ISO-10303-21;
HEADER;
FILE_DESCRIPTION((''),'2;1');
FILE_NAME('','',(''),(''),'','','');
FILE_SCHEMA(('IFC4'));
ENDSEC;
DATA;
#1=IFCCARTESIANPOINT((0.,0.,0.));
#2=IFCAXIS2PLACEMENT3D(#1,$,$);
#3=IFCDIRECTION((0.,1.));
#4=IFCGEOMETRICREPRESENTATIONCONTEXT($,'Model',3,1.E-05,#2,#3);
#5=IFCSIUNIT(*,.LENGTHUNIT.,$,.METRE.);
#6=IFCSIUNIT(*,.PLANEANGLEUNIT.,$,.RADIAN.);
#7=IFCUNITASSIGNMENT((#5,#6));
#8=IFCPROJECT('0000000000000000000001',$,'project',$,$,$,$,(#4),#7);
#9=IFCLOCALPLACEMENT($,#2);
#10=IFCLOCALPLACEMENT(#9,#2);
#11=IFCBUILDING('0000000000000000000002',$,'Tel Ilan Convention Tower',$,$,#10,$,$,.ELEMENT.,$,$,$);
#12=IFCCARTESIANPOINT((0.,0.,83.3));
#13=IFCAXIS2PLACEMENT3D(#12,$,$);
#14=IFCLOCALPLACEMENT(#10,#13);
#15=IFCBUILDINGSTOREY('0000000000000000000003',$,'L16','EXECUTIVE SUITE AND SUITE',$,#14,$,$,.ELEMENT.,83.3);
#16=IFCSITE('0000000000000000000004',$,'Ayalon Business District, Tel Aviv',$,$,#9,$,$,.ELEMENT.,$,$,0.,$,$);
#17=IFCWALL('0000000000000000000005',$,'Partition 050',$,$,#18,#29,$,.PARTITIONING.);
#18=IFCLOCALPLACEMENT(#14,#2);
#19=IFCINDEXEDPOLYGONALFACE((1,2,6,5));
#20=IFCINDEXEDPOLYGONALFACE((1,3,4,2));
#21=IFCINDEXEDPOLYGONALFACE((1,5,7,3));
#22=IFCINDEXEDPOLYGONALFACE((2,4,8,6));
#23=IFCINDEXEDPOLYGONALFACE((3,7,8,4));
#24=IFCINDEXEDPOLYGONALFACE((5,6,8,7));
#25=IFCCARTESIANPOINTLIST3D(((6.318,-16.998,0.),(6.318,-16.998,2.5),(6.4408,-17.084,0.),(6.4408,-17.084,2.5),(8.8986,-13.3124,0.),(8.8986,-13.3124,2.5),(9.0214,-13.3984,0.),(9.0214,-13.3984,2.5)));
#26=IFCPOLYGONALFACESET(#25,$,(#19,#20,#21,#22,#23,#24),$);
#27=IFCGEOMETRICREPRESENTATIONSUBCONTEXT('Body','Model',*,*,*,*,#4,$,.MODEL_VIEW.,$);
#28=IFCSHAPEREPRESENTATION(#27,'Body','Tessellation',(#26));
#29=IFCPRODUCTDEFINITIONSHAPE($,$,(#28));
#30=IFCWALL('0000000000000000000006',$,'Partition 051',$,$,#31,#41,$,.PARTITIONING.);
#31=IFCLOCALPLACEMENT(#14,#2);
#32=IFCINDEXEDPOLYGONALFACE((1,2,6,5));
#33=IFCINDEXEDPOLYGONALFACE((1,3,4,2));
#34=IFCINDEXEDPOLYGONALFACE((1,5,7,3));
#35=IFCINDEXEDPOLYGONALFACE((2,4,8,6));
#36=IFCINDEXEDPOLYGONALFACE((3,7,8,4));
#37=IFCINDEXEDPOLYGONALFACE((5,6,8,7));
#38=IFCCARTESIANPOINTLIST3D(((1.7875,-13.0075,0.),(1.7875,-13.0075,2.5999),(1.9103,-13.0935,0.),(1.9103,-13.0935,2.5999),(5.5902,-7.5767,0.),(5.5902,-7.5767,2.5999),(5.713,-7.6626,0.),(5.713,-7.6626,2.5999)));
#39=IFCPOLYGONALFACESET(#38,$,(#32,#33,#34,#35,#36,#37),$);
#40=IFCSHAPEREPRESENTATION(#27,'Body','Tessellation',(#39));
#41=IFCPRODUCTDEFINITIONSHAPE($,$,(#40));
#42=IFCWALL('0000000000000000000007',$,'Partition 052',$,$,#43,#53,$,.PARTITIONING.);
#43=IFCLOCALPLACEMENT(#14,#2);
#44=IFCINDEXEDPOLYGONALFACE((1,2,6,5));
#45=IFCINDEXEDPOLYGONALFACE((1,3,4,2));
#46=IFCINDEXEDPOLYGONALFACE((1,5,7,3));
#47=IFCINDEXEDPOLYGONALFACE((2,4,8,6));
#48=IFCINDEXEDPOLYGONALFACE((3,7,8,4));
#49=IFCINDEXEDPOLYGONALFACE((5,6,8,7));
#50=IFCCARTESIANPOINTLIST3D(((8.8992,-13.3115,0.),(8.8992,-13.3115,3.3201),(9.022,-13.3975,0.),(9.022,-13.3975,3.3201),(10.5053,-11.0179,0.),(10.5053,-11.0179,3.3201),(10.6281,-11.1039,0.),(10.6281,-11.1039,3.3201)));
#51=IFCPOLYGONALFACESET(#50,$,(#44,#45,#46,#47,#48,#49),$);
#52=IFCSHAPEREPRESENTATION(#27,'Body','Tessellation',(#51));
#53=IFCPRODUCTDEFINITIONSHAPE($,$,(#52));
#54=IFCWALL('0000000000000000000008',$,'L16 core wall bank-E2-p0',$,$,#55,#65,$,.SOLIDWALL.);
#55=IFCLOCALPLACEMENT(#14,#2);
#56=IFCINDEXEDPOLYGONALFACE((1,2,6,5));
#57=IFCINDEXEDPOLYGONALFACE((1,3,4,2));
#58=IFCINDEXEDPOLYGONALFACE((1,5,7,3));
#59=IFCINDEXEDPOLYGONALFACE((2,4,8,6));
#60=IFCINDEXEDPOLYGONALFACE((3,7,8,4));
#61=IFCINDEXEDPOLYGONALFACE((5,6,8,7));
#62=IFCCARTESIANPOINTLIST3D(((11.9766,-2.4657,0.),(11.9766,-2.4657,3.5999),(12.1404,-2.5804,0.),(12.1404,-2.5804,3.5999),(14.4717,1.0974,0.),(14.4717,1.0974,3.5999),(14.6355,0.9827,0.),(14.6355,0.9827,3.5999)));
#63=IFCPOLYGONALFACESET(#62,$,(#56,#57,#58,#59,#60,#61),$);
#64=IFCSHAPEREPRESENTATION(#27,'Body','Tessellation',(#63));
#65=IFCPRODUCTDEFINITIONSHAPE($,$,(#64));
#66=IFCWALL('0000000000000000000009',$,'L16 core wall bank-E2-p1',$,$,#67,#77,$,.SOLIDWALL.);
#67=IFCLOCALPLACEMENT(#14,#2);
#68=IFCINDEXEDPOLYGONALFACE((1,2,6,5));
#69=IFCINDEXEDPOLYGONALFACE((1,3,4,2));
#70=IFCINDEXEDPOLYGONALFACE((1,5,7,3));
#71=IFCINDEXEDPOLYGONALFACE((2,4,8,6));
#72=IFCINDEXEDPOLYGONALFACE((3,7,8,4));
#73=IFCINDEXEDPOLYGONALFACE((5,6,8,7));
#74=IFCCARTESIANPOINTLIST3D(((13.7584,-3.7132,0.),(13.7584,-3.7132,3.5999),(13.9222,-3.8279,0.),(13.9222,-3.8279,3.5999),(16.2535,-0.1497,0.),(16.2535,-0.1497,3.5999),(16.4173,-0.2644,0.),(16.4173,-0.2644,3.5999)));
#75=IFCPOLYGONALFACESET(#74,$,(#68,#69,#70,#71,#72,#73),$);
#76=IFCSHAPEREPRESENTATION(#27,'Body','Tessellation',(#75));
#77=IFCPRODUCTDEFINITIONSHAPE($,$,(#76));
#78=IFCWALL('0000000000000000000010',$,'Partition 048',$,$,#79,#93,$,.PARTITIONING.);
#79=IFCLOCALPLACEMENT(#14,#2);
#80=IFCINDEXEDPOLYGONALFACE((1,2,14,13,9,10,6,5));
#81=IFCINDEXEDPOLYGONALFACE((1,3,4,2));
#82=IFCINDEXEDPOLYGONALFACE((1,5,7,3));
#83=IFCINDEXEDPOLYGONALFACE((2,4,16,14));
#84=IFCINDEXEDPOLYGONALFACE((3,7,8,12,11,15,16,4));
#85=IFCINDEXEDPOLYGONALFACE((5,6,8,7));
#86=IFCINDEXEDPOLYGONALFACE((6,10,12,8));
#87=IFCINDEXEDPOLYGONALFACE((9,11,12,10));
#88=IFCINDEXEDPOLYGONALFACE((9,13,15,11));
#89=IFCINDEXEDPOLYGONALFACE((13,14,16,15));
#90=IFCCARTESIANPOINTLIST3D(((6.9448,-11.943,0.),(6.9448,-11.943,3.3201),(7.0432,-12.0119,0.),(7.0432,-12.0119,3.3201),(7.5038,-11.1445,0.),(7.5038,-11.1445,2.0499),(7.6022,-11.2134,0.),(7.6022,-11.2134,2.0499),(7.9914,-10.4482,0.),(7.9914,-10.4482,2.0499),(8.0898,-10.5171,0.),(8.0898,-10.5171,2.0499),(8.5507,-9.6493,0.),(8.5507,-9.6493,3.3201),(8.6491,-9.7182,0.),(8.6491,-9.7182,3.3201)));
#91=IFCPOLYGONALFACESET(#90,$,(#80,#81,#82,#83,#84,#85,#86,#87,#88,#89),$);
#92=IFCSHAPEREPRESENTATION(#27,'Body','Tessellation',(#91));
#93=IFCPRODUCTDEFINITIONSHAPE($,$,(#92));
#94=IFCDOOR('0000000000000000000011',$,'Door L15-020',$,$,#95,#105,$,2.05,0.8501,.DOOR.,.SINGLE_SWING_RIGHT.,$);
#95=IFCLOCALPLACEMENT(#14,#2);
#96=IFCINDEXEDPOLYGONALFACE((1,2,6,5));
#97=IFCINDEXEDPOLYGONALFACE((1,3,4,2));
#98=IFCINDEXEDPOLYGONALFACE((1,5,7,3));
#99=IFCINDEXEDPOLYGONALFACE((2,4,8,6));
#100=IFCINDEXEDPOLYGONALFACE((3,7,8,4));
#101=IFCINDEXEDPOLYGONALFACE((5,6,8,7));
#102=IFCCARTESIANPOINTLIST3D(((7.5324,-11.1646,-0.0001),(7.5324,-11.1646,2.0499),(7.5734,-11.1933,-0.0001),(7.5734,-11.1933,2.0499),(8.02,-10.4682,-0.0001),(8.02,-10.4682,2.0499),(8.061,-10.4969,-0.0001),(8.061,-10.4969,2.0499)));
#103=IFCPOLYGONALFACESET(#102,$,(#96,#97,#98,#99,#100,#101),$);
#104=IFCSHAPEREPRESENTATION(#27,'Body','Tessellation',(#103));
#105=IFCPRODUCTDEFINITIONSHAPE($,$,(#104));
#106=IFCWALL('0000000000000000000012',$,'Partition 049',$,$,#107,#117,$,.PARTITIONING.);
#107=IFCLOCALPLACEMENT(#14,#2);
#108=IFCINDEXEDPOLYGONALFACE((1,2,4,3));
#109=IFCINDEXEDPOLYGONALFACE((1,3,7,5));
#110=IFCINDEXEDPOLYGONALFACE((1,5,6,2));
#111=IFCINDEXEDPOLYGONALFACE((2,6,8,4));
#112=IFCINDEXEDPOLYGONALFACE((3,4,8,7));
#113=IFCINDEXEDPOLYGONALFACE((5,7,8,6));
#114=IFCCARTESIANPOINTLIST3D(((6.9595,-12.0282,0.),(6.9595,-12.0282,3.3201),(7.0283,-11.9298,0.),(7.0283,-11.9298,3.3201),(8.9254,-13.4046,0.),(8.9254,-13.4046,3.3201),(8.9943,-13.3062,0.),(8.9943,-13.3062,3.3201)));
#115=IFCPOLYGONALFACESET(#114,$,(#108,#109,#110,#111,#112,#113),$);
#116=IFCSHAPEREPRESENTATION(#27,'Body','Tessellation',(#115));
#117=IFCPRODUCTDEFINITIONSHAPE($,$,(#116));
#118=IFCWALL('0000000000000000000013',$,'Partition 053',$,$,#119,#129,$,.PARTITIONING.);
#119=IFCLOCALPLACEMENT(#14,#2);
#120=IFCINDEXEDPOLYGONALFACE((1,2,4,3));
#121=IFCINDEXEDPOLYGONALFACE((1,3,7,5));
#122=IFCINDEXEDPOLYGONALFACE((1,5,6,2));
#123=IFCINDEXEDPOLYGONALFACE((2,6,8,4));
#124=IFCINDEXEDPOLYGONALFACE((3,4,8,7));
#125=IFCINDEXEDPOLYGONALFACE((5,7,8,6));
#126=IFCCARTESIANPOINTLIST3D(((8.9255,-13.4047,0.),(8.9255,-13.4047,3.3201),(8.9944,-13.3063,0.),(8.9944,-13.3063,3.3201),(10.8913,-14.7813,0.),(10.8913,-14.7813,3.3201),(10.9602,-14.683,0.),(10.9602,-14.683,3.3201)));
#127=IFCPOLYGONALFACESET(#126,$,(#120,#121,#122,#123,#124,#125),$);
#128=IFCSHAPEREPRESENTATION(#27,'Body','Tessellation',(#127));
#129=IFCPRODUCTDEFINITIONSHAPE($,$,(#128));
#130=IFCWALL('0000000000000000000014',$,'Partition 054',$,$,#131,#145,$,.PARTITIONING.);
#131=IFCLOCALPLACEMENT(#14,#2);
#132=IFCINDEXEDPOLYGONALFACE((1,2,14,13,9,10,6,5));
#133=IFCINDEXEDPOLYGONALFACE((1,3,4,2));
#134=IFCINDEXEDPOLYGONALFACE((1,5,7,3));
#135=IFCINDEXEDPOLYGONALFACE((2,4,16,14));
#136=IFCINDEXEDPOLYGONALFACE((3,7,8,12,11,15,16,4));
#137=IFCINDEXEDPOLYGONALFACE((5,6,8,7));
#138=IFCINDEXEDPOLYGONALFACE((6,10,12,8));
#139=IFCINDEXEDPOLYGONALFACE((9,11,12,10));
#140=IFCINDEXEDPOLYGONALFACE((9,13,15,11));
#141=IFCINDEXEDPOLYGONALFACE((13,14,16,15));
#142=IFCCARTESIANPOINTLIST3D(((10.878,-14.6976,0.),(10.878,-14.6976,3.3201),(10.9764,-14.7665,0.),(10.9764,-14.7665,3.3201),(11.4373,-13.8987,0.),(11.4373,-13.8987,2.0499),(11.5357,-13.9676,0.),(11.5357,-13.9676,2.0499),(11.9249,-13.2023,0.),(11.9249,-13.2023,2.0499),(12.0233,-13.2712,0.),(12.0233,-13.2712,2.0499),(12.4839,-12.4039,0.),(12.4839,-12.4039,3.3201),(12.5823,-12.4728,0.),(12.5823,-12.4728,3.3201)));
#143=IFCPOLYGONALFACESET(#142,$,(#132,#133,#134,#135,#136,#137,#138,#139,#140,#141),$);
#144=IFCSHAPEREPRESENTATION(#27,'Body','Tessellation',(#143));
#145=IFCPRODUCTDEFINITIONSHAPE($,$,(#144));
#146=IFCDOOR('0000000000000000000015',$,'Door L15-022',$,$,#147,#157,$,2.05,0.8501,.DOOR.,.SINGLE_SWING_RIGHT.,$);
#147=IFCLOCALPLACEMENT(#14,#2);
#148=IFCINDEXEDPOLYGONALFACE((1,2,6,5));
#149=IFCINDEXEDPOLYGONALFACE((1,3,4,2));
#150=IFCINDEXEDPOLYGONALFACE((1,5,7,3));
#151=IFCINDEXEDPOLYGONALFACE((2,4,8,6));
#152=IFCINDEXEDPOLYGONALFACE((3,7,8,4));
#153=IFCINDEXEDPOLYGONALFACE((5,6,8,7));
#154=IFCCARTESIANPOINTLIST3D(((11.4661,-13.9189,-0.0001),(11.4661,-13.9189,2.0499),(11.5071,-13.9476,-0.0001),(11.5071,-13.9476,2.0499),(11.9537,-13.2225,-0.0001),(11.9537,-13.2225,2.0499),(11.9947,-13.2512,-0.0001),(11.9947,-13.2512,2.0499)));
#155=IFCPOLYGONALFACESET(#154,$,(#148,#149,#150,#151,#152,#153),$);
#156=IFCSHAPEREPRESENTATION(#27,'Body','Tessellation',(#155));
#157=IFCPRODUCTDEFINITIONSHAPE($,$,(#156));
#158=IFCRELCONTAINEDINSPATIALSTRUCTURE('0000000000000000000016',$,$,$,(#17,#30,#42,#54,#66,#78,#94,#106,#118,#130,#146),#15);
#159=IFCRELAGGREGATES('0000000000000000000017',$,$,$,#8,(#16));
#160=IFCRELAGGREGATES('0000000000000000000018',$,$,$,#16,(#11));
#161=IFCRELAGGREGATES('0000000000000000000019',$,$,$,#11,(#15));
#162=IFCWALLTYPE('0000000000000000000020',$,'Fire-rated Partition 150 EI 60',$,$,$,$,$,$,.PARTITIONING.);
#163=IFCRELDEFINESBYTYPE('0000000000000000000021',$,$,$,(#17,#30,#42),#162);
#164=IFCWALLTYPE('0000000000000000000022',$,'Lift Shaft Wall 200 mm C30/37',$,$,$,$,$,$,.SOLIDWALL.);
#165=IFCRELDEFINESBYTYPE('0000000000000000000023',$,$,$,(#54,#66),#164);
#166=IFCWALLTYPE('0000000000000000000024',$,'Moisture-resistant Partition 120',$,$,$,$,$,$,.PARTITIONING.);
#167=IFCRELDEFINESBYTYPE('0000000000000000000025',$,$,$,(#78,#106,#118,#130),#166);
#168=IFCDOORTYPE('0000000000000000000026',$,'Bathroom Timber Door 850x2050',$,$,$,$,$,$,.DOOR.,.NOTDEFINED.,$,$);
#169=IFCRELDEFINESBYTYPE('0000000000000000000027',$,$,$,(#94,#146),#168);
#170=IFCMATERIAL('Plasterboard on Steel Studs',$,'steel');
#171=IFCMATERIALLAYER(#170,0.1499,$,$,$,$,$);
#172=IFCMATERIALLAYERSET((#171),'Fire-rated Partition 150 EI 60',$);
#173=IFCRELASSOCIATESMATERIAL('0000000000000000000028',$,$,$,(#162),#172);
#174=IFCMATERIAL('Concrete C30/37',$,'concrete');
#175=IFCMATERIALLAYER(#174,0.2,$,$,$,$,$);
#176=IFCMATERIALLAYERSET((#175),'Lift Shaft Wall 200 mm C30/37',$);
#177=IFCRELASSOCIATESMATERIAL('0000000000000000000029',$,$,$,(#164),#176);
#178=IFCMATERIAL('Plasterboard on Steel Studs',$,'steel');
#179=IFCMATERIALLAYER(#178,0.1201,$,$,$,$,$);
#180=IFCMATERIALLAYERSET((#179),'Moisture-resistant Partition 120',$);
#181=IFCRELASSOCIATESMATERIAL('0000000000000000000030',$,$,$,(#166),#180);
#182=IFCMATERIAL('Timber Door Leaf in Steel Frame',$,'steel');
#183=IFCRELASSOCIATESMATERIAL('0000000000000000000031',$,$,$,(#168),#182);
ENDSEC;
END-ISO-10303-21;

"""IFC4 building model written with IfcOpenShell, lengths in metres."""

from ifc_helpers import new_model, si_unit, direction, frame, frame_2d, origin, place, context, subcontext, project, spatial, rectangle, extrude, material, layer, layer_set, type_object, element, fill, save


model = new_model("IFC4")

# Units and contexts
model_context = context("Model", 3, precision=1e-05, world=origin(), true_north=direction((0.0, 1.0)))
body_context = subcontext(model_context, "Body", "Model", "MODEL_VIEW")
ifc_project = project(units=[si_unit("LENGTHUNIT", "METRE"), si_unit("PLANEANGLEUNIT", "RADIAN")], contexts=[model_context])

# Site, building, storey
site_placement = place(None, origin())
site = spatial("IfcSite", under=ifc_project, at=site_placement, Name="Ayalon Business District, Tel Aviv", CompositionType="ELEMENT", RefElevation=0.0)
building_placement = place(site_placement, origin())
building = spatial("IfcBuilding", under=site, at=building_placement, Name="Tel Ilan Convention Tower", CompositionType="ELEMENT")
storey_placement = place(building_placement, frame((0.0, 0.0, 83.3)))
storey = spatial("IfcBuildingStorey", under=building, at=storey_placement, Name="L16", Description="EXECUTIVE SUITE AND SUITE", CompositionType="ELEMENT", Elevation=83.3)

# Shared definitions
ifc_material_1 = material(Name="Plasterboard on Steel Studs", Category="steel")
ifc_layer_1 = layer(ifc_material_1, 0.1499)
ifc_layer_set_1 = layer_set([ifc_layer_1], Name="Fire-rated Partition 150 EI 60")
wall_type_1 = type_object("IfcWallType", Name="Fire-rated Partition 150 EI 60", PredefinedType="PARTITIONING", material=ifc_layer_set_1)

# Walls
wall_1_placement = place(storey_placement, frame((8.96, -13.3555, 0.0), z_axis=(0.0, 0.0, 1.0), x_axis=(-0.573564, -0.819161, 0.0)))
element("IfcWall", 1, at=wall_1_placement, inside=storey, type_object=wall_type_1, Name="Partition 050", PredefinedType="PARTITIONING", context=body_context, shape_type="SweptSolid", body=[
    extrude(rectangle(XDim=4.4993, YDim=0.1499, at=frame_2d((2.2495, 0.0))), origin(), (0.0, 0.0, 1.0), 2.5),
])
wall_2_placement = place(storey_placement, frame((1.8489, -13.0505, 0.0), z_axis=(0.0, 0.0, 1.0), x_axis=(0.573574, 0.819154, 0.0)))
element("IfcWall", 2, at=wall_2_placement, inside=storey, type_object=wall_type_1, Name="Partition 051", PredefinedType="PARTITIONING", context=body_context, shape_type="SweptSolid", body=[
    extrude(rectangle(XDim=6.6299, YDim=0.1499, at=frame_2d((3.3149, 0.0))), origin(), (0.0, 0.0, 1.0), 2.5999),
])
wall_3_placement = place(storey_placement, frame((10.5667, -11.061, 0.0), z_axis=(0.0, 0.0, 1.0), x_axis=(-0.573609, -0.81913, 0.0)))
element("IfcWall", 3, at=wall_3_placement, inside=storey, type_object=wall_type_1, Name="Partition 052", PredefinedType="PARTITIONING", context=body_context, shape_type="SweptSolid", body=[
    extrude(rectangle(XDim=2.8, YDim=0.1499, at=frame_2d((1.3999, 0.0))), origin(), (0.0, 0.0, 1.0), 3.3201),
])
ifc_material_2 = material(Name="Concrete C30/37", Category="concrete")
ifc_layer_2 = layer(ifc_material_2, 0.2)
ifc_layer_set_2 = layer_set([ifc_layer_2], Name="Lift Shaft Wall 200 mm C30/37")
wall_type_2 = type_object("IfcWallType", Name="Lift Shaft Wall 200 mm C30/37", PredefinedType="SOLIDWALL", material=ifc_layer_set_2)
wall_4_placement = place(storey_placement, frame((12.0586, -2.5229, 0.0), z_axis=(0.0, 0.0, 1.0), x_axis=(0.573594, 0.81914, 0.0)))
element("IfcWall", 4, at=wall_4_placement, inside=storey, type_object=wall_type_2, Name="L16 core wall bank-E2-p0", PredefinedType="SOLIDWALL", context=body_context, shape_type="SweptSolid", body=[
    extrude(rectangle(XDim=4.3499, YDim=0.2, at=frame_2d((2.1748, 0.0))), origin(), (0.0, 0.0, 1.0), 3.5999),
])
wall_5_placement = place(storey_placement, frame((13.8403, -3.7705, 0.0), z_axis=(0.0, 0.0, 1.0), x_axis=(0.573568, 0.819158, 0.0)))
element("IfcWall", 5, at=wall_5_placement, inside=storey, type_object=wall_type_2, Name="L16 core wall bank-E2-p1", PredefinedType="SOLIDWALL", context=body_context, shape_type="SweptSolid", body=[
    extrude(rectangle(XDim=4.3501, YDim=0.2, at=frame_2d((2.175, 0.0))), origin(), (0.0, 0.0, 1.0), 3.5999),
])

# Wall, opening, door
ifc_material_3 = material(Name="Plasterboard on Steel Studs", Category="steel")
ifc_layer_3 = layer(ifc_material_3, 0.1201)
ifc_layer_set_3 = layer_set([ifc_layer_3], Name="Moisture-resistant Partition 120")
wall_type_3 = type_object("IfcWallType", Name="Moisture-resistant Partition 120", PredefinedType="PARTITIONING", material=ifc_layer_set_3)
wall_6_placement = place(storey_placement, frame((8.5999, -9.6838, 0.0), z_axis=(0.0, 0.0, 1.0), x_axis=(-0.57355, -0.81917, 0.0)))
wall_6 = element("IfcWall", 6, at=wall_6_placement, inside=storey, type_object=wall_type_3, Name="Partition 048", PredefinedType="PARTITIONING", context=body_context, shape_type="SweptSolid", body=[
    extrude(rectangle(XDim=2.8, YDim=0.1201, at=frame_2d((1.3999, 0.0))), origin(), (0.0, 0.0, 1.0), 3.3201),
])
opening_1_placement = place(wall_6_placement, frame((0.9751, 0.0, 0.0)))
opening_1 = element("IfcOpeningElement", 7, at=opening_1_placement, cuts=wall_6, PredefinedType="OPENING", context=body_context, shape_type="SweptSolid", body=[
    extrude(rectangle(XDim=0.8501, YDim=2.05, at=frame_2d((0.425, 1.0249))), frame((0.0, 0.0701, 0.0), z_axis=(0.0, -1.0, 0.0), x_axis=(1.0, 0.0, 0.0)), (0.0, 0.0, 1.0), 0.1401),
])
ifc_material_4 = material(Name="Timber Door Leaf in Steel Frame", Category="steel")
door_type_1 = type_object("IfcDoorType", Name="Bathroom Timber Door 850x2050", OperationType="NOTDEFINED", PredefinedType="DOOR", material=ifc_material_4)
door_1_placement = place(opening_1_placement, origin())
door_1 = element("IfcDoor", 8, at=door_1_placement, inside=storey, type_object=door_type_1, Name="Door L15-020", OperationType="SINGLE_SWING_RIGHT", OverallHeight=2.05, OverallWidth=0.8501, PredefinedType="DOOR", context=body_context, shape_type="SweptSolid", body=[
    extrude(rectangle(XDim=0.8501, YDim=2.05, at=frame_2d((0.425, 1.0249))), frame((0.0, 0.0249, 0.0), z_axis=(0.0, -1.0, 0.0), x_axis=(1.0, 0.0, 0.0)), (0.0, 0.0, 1.0), 0.05),
])
fill(opening_1, door_1)

# Walls
for number, where, z_axis, x_axis, name in (
    (9, (6.9939, -11.979, 0.0), (0.0, 0.0, 1.0), (0.819189, -0.573524, 0.0), "Partition 049"),
    (10, (8.96, -13.3555, 0.0), (0.0, 0.0, 1.0), (0.819108, -0.57364, 0.0), "Partition 053"),
):
    element("IfcWall", number, at=place(storey_placement, frame(where, z_axis=z_axis, x_axis=x_axis)), inside=storey, type_object=wall_type_3, Name=name, PredefinedType="PARTITIONING", context=body_context, shape_type="SweptSolid", body=[
        extrude(rectangle(XDim=2.3999, YDim=0.1201, at=frame_2d((1.2, 0.0))), origin(), (0.0, 0.0, 1.0), 3.3201),
    ])

# Wall, opening, door
wall_7_placement = place(storey_placement, frame((10.9272, -14.7319, 0.0), z_axis=(0.0, 0.0, 1.0), x_axis=(0.57355, 0.81917, 0.0)))
wall_7 = element("IfcWall", 11, at=wall_7_placement, inside=storey, type_object=wall_type_3, Name="Partition 054", PredefinedType="PARTITIONING", context=body_context, shape_type="SweptSolid", body=[
    extrude(rectangle(XDim=2.8, YDim=0.1201, at=frame_2d((1.3999, 0.0))), origin(), (0.0, 0.0, 1.0), 3.3201),
])
opening_2_placement = place(wall_7_placement, frame((0.9751, 0.0, 0.0)))
opening_2 = element("IfcOpeningElement", 12, at=opening_2_placement, cuts=wall_7, PredefinedType="OPENING", context=body_context, shape_type="SweptSolid", body=[
    extrude(rectangle(XDim=0.8501, YDim=2.05, at=frame_2d((0.425, 1.0249))), frame((0.0, 0.0701, 0.0), z_axis=(0.0, -1.0, 0.0), x_axis=(1.0, 0.0, 0.0)), (0.0, 0.0, 1.0), 0.1401),
])
door_2_placement = place(opening_2_placement, origin())
door_2 = element("IfcDoor", 13, at=door_2_placement, inside=storey, type_object=door_type_1, Name="Door L15-022", OperationType="SINGLE_SWING_RIGHT", OverallHeight=2.05, OverallWidth=0.8501, PredefinedType="DOOR", context=body_context, shape_type="SweptSolid", body=[
    extrude(rectangle(XDim=0.8501, YDim=2.05, at=frame_2d((0.425, 1.0249))), frame((0.0, 0.0249, 0.0), z_axis=(0.0, -1.0, 0.0), x_axis=(1.0, 0.0, 0.0)), (0.0, 0.0, 1.0), 0.05),
])
fill(opening_2, door_2)

save(model, "model.ifc")
